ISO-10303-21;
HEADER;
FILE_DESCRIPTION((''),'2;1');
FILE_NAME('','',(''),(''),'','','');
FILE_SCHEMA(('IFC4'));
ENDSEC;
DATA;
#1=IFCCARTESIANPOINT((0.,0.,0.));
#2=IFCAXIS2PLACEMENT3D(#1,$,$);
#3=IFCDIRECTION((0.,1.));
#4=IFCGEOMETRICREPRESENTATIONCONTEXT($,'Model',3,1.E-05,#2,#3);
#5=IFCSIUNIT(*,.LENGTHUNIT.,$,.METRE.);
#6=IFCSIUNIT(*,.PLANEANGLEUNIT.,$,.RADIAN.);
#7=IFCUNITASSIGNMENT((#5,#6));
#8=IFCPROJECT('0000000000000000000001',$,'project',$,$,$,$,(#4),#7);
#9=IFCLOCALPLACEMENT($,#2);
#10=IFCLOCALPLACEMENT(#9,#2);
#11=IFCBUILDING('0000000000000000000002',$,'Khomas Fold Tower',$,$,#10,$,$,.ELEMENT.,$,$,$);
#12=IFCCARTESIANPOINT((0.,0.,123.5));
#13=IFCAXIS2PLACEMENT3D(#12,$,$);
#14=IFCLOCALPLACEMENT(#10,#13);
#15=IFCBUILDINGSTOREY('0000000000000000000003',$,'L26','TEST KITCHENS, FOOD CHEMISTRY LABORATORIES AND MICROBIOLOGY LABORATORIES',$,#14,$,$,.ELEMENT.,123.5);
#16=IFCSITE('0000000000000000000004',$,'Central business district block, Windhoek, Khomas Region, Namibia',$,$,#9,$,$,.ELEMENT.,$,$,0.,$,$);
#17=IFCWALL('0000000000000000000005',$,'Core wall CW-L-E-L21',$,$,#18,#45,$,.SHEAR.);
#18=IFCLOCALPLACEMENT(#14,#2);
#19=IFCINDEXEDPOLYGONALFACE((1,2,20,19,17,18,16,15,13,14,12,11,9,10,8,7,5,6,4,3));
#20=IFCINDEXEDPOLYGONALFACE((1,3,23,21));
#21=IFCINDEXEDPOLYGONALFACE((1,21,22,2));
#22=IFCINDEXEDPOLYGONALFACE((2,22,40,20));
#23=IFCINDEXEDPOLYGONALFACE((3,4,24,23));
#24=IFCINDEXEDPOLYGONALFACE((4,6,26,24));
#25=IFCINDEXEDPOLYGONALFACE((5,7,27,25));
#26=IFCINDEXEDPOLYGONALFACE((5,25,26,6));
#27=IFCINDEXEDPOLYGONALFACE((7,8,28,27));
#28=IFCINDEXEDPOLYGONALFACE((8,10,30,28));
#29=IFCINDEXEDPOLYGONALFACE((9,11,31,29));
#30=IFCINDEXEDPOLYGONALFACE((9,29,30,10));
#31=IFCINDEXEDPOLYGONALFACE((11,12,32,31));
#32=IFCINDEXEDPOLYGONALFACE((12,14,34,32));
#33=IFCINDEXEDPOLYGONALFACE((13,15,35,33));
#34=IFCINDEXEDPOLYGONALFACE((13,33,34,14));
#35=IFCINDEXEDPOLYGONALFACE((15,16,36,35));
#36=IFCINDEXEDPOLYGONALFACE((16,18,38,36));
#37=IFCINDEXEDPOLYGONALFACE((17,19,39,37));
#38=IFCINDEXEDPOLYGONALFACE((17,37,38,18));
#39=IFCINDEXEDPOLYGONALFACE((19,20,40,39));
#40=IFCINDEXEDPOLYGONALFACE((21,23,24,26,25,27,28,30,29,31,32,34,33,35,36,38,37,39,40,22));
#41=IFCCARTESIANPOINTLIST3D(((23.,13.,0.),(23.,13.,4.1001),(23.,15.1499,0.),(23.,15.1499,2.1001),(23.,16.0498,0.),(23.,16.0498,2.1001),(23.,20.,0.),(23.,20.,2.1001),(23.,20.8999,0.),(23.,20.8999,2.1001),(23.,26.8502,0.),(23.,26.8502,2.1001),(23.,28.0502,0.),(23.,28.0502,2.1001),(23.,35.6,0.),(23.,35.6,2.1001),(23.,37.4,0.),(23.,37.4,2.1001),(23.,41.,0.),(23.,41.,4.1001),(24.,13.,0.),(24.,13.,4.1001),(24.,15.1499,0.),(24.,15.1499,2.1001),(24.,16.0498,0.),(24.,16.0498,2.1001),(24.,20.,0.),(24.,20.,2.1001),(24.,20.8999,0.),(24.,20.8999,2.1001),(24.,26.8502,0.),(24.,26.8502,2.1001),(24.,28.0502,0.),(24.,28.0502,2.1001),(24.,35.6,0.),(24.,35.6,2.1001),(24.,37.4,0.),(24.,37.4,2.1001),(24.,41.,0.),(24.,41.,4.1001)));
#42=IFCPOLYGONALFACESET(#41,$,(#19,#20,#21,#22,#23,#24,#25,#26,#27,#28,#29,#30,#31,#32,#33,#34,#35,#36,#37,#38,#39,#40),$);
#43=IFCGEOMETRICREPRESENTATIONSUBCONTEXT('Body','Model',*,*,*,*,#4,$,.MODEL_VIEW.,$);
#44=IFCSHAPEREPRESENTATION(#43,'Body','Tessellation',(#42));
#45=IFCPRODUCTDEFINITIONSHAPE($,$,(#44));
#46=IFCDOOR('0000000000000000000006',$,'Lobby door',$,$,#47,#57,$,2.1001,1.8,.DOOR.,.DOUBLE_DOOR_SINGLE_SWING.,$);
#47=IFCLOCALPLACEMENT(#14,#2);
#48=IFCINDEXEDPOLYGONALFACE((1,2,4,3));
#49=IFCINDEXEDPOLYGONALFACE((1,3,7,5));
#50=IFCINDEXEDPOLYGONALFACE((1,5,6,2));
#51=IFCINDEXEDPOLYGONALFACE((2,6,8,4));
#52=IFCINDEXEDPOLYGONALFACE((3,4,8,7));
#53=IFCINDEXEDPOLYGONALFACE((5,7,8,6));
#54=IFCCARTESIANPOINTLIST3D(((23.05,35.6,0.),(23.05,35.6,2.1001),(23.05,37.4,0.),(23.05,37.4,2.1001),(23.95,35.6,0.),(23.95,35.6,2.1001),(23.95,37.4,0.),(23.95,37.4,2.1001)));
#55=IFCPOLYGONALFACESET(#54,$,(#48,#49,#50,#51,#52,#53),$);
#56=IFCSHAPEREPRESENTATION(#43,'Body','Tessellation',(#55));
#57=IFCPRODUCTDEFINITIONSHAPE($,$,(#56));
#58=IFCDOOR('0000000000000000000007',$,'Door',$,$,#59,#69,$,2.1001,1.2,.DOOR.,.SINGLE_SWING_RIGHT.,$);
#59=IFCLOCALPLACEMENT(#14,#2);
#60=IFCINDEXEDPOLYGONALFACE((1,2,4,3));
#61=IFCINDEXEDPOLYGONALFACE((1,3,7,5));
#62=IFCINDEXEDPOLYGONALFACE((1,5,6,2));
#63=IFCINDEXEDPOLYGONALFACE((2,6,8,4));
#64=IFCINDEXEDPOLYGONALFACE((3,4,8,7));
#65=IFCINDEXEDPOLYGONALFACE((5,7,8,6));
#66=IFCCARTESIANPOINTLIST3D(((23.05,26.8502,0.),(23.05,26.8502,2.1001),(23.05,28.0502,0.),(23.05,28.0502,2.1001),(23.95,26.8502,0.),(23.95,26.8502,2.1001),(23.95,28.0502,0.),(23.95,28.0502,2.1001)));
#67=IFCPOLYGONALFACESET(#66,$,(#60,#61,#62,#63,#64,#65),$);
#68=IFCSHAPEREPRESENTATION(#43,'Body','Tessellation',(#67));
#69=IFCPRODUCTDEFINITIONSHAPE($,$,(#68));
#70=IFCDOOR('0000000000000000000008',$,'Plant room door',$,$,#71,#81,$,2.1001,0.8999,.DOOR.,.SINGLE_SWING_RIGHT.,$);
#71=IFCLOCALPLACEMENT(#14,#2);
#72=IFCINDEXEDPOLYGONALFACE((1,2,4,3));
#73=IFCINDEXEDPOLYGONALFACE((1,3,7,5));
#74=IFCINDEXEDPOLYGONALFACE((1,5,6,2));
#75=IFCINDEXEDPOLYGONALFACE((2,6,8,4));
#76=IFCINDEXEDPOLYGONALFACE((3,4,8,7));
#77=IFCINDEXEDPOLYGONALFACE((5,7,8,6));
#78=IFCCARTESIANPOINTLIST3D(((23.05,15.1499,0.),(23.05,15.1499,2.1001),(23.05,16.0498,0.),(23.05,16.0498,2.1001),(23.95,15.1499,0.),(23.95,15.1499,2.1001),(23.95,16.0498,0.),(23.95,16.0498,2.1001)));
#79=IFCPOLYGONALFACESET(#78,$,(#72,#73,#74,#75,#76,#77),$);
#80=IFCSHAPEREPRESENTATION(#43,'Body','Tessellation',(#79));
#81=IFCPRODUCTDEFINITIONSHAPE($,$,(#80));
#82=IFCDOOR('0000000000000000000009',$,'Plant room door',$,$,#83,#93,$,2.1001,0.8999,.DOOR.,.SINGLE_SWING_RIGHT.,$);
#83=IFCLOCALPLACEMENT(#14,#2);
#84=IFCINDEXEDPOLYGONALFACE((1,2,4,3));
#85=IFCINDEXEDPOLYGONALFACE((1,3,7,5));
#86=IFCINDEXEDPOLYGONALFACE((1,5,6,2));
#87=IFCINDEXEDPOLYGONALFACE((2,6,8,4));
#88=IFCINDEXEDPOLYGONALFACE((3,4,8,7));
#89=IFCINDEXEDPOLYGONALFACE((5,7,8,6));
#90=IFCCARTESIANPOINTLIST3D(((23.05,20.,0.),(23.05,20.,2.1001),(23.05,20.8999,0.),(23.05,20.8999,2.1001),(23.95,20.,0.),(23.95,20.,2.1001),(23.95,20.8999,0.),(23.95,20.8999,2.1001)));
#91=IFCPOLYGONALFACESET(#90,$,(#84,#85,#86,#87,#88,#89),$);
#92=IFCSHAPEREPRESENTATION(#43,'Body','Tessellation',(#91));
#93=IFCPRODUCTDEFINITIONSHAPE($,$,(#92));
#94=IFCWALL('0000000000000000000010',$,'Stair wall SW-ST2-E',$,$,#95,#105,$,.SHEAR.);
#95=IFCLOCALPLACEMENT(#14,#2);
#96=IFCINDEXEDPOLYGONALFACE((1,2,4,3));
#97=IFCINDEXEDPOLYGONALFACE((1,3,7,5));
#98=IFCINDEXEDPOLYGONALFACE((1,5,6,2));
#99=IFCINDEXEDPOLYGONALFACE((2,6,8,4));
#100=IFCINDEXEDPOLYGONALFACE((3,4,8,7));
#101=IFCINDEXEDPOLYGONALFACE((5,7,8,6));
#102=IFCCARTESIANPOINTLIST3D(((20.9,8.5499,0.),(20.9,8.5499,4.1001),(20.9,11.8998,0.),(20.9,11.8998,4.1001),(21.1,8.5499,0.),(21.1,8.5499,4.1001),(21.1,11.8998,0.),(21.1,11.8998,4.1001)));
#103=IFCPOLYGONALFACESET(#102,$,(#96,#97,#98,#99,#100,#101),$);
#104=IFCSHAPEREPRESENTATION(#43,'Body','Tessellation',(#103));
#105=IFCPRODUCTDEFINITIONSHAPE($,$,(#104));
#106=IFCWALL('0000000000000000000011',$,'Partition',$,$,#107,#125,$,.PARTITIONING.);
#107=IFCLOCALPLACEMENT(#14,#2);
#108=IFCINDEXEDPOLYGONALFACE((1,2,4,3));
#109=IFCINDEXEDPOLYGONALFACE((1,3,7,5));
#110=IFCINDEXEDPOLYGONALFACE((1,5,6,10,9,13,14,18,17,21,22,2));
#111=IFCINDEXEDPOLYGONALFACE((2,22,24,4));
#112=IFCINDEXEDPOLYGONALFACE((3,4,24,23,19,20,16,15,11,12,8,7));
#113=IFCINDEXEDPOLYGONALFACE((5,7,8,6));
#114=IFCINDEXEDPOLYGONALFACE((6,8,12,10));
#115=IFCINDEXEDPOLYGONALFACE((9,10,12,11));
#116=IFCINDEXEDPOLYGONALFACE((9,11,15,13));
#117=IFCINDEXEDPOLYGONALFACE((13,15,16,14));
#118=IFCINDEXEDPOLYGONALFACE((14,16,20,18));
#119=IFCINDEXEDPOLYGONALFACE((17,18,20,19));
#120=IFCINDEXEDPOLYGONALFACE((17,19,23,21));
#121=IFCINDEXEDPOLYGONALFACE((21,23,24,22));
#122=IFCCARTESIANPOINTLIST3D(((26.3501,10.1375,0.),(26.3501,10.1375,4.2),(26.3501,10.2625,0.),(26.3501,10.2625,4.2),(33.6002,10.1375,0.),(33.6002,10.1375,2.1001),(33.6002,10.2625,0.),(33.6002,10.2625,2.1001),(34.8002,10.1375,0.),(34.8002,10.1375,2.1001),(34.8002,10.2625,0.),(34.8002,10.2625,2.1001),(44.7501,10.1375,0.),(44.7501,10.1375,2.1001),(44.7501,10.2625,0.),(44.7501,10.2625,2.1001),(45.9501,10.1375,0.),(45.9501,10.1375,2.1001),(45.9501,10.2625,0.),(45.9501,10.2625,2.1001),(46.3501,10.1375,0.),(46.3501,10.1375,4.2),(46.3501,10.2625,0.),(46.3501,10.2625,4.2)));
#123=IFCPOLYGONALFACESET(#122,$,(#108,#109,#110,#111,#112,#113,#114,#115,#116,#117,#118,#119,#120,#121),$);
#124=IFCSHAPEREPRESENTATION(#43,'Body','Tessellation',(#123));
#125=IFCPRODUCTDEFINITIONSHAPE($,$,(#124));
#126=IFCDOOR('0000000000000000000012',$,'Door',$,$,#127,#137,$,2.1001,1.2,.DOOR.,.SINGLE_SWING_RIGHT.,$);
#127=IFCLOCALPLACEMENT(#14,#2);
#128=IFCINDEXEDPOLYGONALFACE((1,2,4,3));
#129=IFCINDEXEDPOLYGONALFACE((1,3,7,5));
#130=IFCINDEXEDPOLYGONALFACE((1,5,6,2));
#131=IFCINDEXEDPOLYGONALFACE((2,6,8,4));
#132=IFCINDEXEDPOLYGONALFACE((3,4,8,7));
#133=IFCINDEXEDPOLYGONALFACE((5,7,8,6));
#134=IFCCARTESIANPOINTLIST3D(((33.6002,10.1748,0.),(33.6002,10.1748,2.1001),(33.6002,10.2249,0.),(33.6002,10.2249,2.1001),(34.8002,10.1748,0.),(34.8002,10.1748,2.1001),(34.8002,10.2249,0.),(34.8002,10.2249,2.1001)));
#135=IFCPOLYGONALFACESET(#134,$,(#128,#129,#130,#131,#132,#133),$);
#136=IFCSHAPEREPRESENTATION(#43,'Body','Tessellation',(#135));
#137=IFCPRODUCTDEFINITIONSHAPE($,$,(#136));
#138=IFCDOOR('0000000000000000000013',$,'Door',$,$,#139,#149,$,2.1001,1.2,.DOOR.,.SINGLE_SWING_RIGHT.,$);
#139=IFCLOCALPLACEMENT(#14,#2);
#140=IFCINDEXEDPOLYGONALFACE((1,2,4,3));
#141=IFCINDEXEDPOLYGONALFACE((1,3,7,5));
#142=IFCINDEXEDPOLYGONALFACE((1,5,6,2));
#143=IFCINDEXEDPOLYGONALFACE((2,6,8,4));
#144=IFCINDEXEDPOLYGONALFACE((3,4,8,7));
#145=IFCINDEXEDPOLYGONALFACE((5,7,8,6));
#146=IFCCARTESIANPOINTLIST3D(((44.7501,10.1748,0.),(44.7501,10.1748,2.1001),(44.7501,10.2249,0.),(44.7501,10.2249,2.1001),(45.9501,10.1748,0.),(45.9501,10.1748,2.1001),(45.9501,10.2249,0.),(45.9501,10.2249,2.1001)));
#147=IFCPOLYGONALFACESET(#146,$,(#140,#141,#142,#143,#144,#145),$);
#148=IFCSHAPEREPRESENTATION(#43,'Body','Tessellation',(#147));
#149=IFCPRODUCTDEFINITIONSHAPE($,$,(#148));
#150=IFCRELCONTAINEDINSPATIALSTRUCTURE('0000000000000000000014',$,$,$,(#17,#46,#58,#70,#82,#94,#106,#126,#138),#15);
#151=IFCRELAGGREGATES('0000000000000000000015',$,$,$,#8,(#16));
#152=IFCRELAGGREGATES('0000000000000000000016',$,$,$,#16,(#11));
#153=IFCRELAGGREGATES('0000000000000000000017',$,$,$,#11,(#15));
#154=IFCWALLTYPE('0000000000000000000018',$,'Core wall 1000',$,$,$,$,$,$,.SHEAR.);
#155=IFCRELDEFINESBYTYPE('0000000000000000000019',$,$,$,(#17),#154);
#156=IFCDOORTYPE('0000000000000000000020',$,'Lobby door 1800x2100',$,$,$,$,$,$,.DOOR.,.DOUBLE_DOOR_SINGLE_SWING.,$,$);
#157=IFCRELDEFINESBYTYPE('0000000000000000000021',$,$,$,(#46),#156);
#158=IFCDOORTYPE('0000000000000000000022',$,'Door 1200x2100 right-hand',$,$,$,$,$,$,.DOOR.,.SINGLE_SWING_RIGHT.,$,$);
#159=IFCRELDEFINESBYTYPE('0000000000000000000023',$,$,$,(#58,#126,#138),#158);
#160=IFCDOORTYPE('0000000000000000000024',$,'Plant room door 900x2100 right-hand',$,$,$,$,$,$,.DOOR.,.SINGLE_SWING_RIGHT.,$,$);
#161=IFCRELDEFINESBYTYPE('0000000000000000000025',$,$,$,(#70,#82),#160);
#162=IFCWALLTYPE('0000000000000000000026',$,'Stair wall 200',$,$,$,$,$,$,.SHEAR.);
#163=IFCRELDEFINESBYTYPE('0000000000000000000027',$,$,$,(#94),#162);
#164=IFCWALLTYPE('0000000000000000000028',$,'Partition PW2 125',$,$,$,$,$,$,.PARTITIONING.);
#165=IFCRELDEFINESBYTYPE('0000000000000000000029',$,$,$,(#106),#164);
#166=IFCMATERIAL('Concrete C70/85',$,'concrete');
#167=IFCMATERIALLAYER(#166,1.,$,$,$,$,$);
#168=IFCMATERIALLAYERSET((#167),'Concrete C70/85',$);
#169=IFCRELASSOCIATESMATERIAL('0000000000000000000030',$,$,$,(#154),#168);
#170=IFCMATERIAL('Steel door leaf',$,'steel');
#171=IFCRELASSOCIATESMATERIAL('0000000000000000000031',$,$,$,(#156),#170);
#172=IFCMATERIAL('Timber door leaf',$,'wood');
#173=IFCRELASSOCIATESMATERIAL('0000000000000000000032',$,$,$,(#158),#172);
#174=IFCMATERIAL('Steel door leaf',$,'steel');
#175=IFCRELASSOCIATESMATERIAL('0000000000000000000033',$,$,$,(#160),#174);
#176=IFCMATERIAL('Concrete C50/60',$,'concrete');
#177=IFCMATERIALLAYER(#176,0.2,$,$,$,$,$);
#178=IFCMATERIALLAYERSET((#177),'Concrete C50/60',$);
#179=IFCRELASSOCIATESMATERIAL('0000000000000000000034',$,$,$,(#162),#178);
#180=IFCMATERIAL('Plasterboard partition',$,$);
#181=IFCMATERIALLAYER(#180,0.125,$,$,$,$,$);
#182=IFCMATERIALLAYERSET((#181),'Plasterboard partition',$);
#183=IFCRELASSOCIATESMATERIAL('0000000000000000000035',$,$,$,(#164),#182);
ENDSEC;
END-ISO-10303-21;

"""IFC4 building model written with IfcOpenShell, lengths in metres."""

from ifc_helpers import new_model, si_unit, direction, frame, frame_2d, origin, place, context, subcontext, project, spatial, rectangle, extrude, source, transform, mapped, material, layer, layer_set, type_object, element, fill, save


model = new_model("IFC4")

# Units and contexts
model_context = context("Model", 3, precision=1e-05, world=origin(), true_north=direction((0.0, 1.0)))
body_context = subcontext(model_context, "Body", "Model", "MODEL_VIEW")
ifc_project = project(units=[si_unit("LENGTHUNIT", "METRE"), si_unit("PLANEANGLEUNIT", "RADIAN")], contexts=[model_context])

# Site, building, storey
site_placement = place(None, origin())
site = spatial("IfcSite", under=ifc_project, at=site_placement, Name="Central business district block, Windhoek, Khomas Region, Namibia", CompositionType="ELEMENT", RefElevation=0.0)
building_placement = place(site_placement, origin())
building = spatial("IfcBuilding", under=site, at=building_placement, Name="Khomas Fold Tower", CompositionType="ELEMENT")
storey_placement = place(building_placement, frame((0.0, 0.0, 123.5)))
storey = spatial("IfcBuildingStorey", under=building, at=storey_placement, Name="L26", Description="TEST KITCHENS, FOOD CHEMISTRY LABORATORIES AND MICROBIOLOGY LABORATORIES", CompositionType="ELEMENT", Elevation=123.5)

# Shared definitions
ifc_material_1 = material(Name="Concrete C70/85", Category="concrete")
ifc_layer_1 = layer(ifc_material_1, 1.0)
ifc_layer_set_1 = layer_set([ifc_layer_1], Name="Concrete C70/85")
wall_type_1 = type_object("IfcWallType", Name="Core wall 1000", PredefinedType="SHEAR", material=ifc_layer_set_1)

# Wall, openings, doors
shared_shape_1 = source(origin(), body_context, "Body", "SweptSolid", [
    extrude(rectangle(XDim=28.0, YDim=1.0, at=frame_2d((14.0, 0.0))), origin(), (0.0, 0.0, 1.0), 4.1001),
])
wall_1_placement = place(storey_placement, frame((23.5, 13.0, 0.0), z_axis=(0.0, 0.0, 1.0), x_axis=(0.0, 1.0, 0.0)))
wall_1 = element("IfcWall", 1, at=wall_1_placement, inside=storey, type_object=wall_type_1, Name="Core wall CW-L-E-L21", PredefinedType="SHEAR", context=body_context, shape_type="MappedRepresentation", body=[
    mapped(shared_shape_1, transform((0.0, 0.0, 0.0))),
])
shared_shape_2 = source(origin(), body_context, "Body", "SweptSolid", [
    extrude(rectangle(XDim=1.8, YDim=2.1001, at=frame_2d((0.8999, 1.05))), frame((0.0, 0.51, 0.0), z_axis=(0.0, -1.0, 0.0), x_axis=(1.0, 0.0, 0.0)), (0.0, 0.0, 1.0), 1.02),
])
opening_1_placement = place(wall_1_placement, frame((22.6001, 0.0, 0.0)))
opening_1 = element("IfcOpeningElement", 2, at=opening_1_placement, cuts=wall_1, PredefinedType="OPENING", context=body_context, shape_type="MappedRepresentation", body=[
    mapped(shared_shape_2, transform((0.0, 0.0, 0.0))),
])
shared_shape_3 = source(origin(), body_context, "Body", "SweptSolid", [
    extrude(rectangle(XDim=1.2, YDim=2.1001, at=frame_2d((0.6001, 1.05))), frame((0.0, 0.51, 0.0), z_axis=(0.0, -1.0, 0.0), x_axis=(1.0, 0.0, 0.0)), (0.0, 0.0, 1.0), 1.02),
])
opening_2_placement = place(wall_1_placement, frame((13.8501, 0.0, 0.0)))
opening_2 = element("IfcOpeningElement", 3, at=opening_2_placement, cuts=wall_1, PredefinedType="OPENING", context=body_context, shape_type="MappedRepresentation", body=[
    mapped(shared_shape_3, transform((0.0, 0.0, 0.0))),
])
shared_shape_4 = source(origin(), body_context, "Body", "SweptSolid", [
    extrude(rectangle(XDim=0.8999, YDim=2.1001, at=frame_2d((0.45, 1.05))), frame((0.0, 0.51, 0.0), z_axis=(0.0, -1.0, 0.0), x_axis=(1.0, 0.0, 0.0)), (0.0, 0.0, 1.0), 1.02),
])
opening_3_placement = place(wall_1_placement, frame((2.1499, 0.0, 0.0)))
opening_3 = element("IfcOpeningElement", 4, at=opening_3_placement, cuts=wall_1, PredefinedType="OPENING", context=body_context, shape_type="MappedRepresentation", body=[
    mapped(shared_shape_4, transform((0.0, 0.0, 0.0))),
])
opening_4_placement = place(wall_1_placement, frame((7.0, 0.0, 0.0)))
opening_4 = element("IfcOpeningElement", 5, at=opening_4_placement, cuts=wall_1, PredefinedType="OPENING", context=body_context, shape_type="MappedRepresentation", body=[
    mapped(shared_shape_4, transform((0.0, 0.0, 0.0))),
])
ifc_material_2 = material(Name="Steel door leaf", Category="steel")
door_type_1 = type_object("IfcDoorType", Name="Lobby door 1800x2100", OperationType="DOUBLE_DOOR_SINGLE_SWING", PredefinedType="DOOR", material=ifc_material_2)
shared_shape_5 = source(origin(), body_context, "Body", "SweptSolid", [
    extrude(rectangle(XDim=1.8, YDim=2.1001, at=frame_2d((0.8999, 1.05))), frame((0.0, 0.45, 0.0), z_axis=(0.0, -1.0, 0.0), x_axis=(1.0, 0.0, 0.0)), (0.0, 0.0, 1.0), 0.8999),
])
door_1_placement = place(opening_1_placement, origin())
door_1 = element("IfcDoor", 6, at=door_1_placement, inside=storey, type_object=door_type_1, Name="Lobby door", OperationType="DOUBLE_DOOR_SINGLE_SWING", OverallHeight=2.1001, OverallWidth=1.8, PredefinedType="DOOR", context=body_context, shape_type="MappedRepresentation", body=[
    mapped(shared_shape_5, transform((0.0, 0.0, 0.0))),
])
fill(opening_1, door_1)
ifc_material_3 = material(Name="Timber door leaf", Category="wood")
door_type_2 = type_object("IfcDoorType", Name="Door 1200x2100 right-hand", OperationType="SINGLE_SWING_RIGHT", PredefinedType="DOOR", material=ifc_material_3)
shared_shape_6 = source(origin(), body_context, "Body", "SweptSolid", [
    extrude(rectangle(XDim=1.2, YDim=2.1001, at=frame_2d((0.6001, 1.05))), frame((0.0, 0.45, 0.0), z_axis=(0.0, -1.0, 0.0), x_axis=(1.0, 0.0, 0.0)), (0.0, 0.0, 1.0), 0.8999),
])
door_2_placement = place(opening_2_placement, origin())
door_2 = element("IfcDoor", 7, at=door_2_placement, inside=storey, type_object=door_type_2, Name="Door", OperationType="SINGLE_SWING_RIGHT", OverallHeight=2.1001, OverallWidth=1.2, PredefinedType="DOOR", context=body_context, shape_type="MappedRepresentation", body=[
    mapped(shared_shape_6, transform((0.0, 0.0, 0.0))),
])
fill(opening_2, door_2)
ifc_material_4 = material(Name="Steel door leaf", Category="steel")
door_type_3 = type_object("IfcDoorType", Name="Plant room door 900x2100 right-hand", OperationType="SINGLE_SWING_RIGHT", PredefinedType="DOOR", material=ifc_material_4)
shared_shape_7 = source(origin(), body_context, "Body", "SweptSolid", [
    extrude(rectangle(XDim=0.8999, YDim=2.1001, at=frame_2d((0.45, 1.05))), frame((0.0, 0.45, 0.0), z_axis=(0.0, -1.0, 0.0), x_axis=(1.0, 0.0, 0.0)), (0.0, 0.0, 1.0), 0.8999),
])
door_3_placement = place(opening_3_placement, origin())
door_3 = element("IfcDoor", 8, at=door_3_placement, inside=storey, type_object=door_type_3, Name="Plant room door", OperationType="SINGLE_SWING_RIGHT", OverallHeight=2.1001, OverallWidth=0.8999, PredefinedType="DOOR", context=body_context, shape_type="MappedRepresentation", body=[
    mapped(shared_shape_7, transform((0.0, 0.0, 0.0))),
])
fill(opening_3, door_3)
door_4_placement = place(opening_4_placement, origin())
door_4 = element("IfcDoor", 9, at=door_4_placement, inside=storey, type_object=door_type_3, Name="Plant room door", OperationType="SINGLE_SWING_RIGHT", OverallHeight=2.1001, OverallWidth=0.8999, PredefinedType="DOOR", context=body_context, shape_type="MappedRepresentation", body=[
    mapped(shared_shape_7, transform((0.0, 0.0, 0.0))),
])
fill(opening_4, door_4)

# Wall
ifc_material_5 = material(Name="Concrete C50/60", Category="concrete")
ifc_layer_2 = layer(ifc_material_5, 0.2)
ifc_layer_set_2 = layer_set([ifc_layer_2], Name="Concrete C50/60")
wall_type_2 = type_object("IfcWallType", Name="Stair wall 200", PredefinedType="SHEAR", material=ifc_layer_set_2)
shared_shape_8 = source(origin(), body_context, "Body", "SweptSolid", [
    extrude(rectangle(XDim=3.3499, YDim=0.2, at=frame_2d((1.6748, 0.0))), origin(), (0.0, 0.0, 1.0), 4.1001),
])
wall_2_placement = place(storey_placement, frame((21.0, 8.55, 0.0), z_axis=(0.0, 0.0, 1.0), x_axis=(0.0, 1.0, 0.0)))
element("IfcWall", 10, at=wall_2_placement, inside=storey, type_object=wall_type_2, Name="Stair wall SW-ST2-E", PredefinedType="SHEAR", context=body_context, shape_type="MappedRepresentation", body=[
    mapped(shared_shape_8, transform((0.0, 0.0, 0.0))),
])

# Wall, openings, doors
ifc_material_6 = material(Name="Plasterboard partition")
ifc_layer_3 = layer(ifc_material_6, 0.125)
ifc_layer_set_3 = layer_set([ifc_layer_3], Name="Plasterboard partition")
wall_type_3 = type_object("IfcWallType", Name="Partition PW2 125", PredefinedType="PARTITIONING", material=ifc_layer_set_3)
shared_shape_9 = source(origin(), body_context, "Body", "SweptSolid", [
    extrude(rectangle(XDim=20.0, YDim=0.125, at=frame_2d((10.0, 0.0))), origin(), (0.0, 0.0, 1.0), 4.2),
])
wall_3_placement = place(storey_placement, frame((26.3501, 10.2, 0.0), z_axis=(0.0, 0.0, 1.0), x_axis=(1.0, 0.0, 0.0)))
wall_3 = element("IfcWall", 11, at=wall_3_placement, inside=storey, type_object=wall_type_3, Name="Partition", PredefinedType="PARTITIONING", context=body_context, shape_type="MappedRepresentation", body=[
    mapped(shared_shape_9, transform((0.0, 0.0, 0.0))),
])
shared_shape_10 = source(origin(), body_context, "Body", "SweptSolid", [
    extrude(rectangle(XDim=1.2, YDim=2.1001, at=frame_2d((0.6001, 1.05))), frame((0.0, 0.0725, 0.0), z_axis=(0.0, -1.0, 0.0), x_axis=(1.0, 0.0, 0.0)), (0.0, 0.0, 1.0), 0.145),
])
opening_5_placement = place(wall_3_placement, frame((7.25, 0.0, 0.0)))
opening_5 = element("IfcOpeningElement", 12, at=opening_5_placement, cuts=wall_3, PredefinedType="OPENING", context=body_context, shape_type="MappedRepresentation", body=[
    mapped(shared_shape_10, transform((0.0, 0.0, 0.0))),
])
opening_6_placement = place(wall_3_placement, frame((18.3999, 0.0, 0.0)))
opening_6 = element("IfcOpeningElement", 13, at=opening_6_placement, cuts=wall_3, PredefinedType="OPENING", context=body_context, shape_type="MappedRepresentation", body=[
    mapped(shared_shape_10, transform((0.0, 0.0, 0.0))),
])
shared_shape_11 = source(origin(), body_context, "Body", "SweptSolid", [
    extrude(rectangle(XDim=1.2, YDim=2.1001, at=frame_2d((0.6001, 1.05))), frame((0.0, 0.0249, 0.0), z_axis=(0.0, -1.0, 0.0), x_axis=(1.0, 0.0, 0.0)), (0.0, 0.0, 1.0), 0.05),
])
door_5_placement = place(opening_5_placement, origin())
door_5 = element("IfcDoor", 14, at=door_5_placement, inside=storey, type_object=door_type_2, Name="Door", OperationType="SINGLE_SWING_RIGHT", OverallHeight=2.1001, OverallWidth=1.2, PredefinedType="DOOR", context=body_context, shape_type="MappedRepresentation", body=[
    mapped(shared_shape_11, transform((0.0, 0.0, 0.0))),
])
fill(opening_5, door_5)
door_6_placement = place(opening_6_placement, origin())
door_6 = element("IfcDoor", 15, at=door_6_placement, inside=storey, type_object=door_type_2, Name="Door", OperationType="SINGLE_SWING_RIGHT", OverallHeight=2.1001, OverallWidth=1.2, PredefinedType="DOOR", context=body_context, shape_type="MappedRepresentation", body=[
    mapped(shared_shape_11, transform((0.0, 0.0, 0.0))),
])
fill(opening_6, door_6)

save(model, "model.ifc")
